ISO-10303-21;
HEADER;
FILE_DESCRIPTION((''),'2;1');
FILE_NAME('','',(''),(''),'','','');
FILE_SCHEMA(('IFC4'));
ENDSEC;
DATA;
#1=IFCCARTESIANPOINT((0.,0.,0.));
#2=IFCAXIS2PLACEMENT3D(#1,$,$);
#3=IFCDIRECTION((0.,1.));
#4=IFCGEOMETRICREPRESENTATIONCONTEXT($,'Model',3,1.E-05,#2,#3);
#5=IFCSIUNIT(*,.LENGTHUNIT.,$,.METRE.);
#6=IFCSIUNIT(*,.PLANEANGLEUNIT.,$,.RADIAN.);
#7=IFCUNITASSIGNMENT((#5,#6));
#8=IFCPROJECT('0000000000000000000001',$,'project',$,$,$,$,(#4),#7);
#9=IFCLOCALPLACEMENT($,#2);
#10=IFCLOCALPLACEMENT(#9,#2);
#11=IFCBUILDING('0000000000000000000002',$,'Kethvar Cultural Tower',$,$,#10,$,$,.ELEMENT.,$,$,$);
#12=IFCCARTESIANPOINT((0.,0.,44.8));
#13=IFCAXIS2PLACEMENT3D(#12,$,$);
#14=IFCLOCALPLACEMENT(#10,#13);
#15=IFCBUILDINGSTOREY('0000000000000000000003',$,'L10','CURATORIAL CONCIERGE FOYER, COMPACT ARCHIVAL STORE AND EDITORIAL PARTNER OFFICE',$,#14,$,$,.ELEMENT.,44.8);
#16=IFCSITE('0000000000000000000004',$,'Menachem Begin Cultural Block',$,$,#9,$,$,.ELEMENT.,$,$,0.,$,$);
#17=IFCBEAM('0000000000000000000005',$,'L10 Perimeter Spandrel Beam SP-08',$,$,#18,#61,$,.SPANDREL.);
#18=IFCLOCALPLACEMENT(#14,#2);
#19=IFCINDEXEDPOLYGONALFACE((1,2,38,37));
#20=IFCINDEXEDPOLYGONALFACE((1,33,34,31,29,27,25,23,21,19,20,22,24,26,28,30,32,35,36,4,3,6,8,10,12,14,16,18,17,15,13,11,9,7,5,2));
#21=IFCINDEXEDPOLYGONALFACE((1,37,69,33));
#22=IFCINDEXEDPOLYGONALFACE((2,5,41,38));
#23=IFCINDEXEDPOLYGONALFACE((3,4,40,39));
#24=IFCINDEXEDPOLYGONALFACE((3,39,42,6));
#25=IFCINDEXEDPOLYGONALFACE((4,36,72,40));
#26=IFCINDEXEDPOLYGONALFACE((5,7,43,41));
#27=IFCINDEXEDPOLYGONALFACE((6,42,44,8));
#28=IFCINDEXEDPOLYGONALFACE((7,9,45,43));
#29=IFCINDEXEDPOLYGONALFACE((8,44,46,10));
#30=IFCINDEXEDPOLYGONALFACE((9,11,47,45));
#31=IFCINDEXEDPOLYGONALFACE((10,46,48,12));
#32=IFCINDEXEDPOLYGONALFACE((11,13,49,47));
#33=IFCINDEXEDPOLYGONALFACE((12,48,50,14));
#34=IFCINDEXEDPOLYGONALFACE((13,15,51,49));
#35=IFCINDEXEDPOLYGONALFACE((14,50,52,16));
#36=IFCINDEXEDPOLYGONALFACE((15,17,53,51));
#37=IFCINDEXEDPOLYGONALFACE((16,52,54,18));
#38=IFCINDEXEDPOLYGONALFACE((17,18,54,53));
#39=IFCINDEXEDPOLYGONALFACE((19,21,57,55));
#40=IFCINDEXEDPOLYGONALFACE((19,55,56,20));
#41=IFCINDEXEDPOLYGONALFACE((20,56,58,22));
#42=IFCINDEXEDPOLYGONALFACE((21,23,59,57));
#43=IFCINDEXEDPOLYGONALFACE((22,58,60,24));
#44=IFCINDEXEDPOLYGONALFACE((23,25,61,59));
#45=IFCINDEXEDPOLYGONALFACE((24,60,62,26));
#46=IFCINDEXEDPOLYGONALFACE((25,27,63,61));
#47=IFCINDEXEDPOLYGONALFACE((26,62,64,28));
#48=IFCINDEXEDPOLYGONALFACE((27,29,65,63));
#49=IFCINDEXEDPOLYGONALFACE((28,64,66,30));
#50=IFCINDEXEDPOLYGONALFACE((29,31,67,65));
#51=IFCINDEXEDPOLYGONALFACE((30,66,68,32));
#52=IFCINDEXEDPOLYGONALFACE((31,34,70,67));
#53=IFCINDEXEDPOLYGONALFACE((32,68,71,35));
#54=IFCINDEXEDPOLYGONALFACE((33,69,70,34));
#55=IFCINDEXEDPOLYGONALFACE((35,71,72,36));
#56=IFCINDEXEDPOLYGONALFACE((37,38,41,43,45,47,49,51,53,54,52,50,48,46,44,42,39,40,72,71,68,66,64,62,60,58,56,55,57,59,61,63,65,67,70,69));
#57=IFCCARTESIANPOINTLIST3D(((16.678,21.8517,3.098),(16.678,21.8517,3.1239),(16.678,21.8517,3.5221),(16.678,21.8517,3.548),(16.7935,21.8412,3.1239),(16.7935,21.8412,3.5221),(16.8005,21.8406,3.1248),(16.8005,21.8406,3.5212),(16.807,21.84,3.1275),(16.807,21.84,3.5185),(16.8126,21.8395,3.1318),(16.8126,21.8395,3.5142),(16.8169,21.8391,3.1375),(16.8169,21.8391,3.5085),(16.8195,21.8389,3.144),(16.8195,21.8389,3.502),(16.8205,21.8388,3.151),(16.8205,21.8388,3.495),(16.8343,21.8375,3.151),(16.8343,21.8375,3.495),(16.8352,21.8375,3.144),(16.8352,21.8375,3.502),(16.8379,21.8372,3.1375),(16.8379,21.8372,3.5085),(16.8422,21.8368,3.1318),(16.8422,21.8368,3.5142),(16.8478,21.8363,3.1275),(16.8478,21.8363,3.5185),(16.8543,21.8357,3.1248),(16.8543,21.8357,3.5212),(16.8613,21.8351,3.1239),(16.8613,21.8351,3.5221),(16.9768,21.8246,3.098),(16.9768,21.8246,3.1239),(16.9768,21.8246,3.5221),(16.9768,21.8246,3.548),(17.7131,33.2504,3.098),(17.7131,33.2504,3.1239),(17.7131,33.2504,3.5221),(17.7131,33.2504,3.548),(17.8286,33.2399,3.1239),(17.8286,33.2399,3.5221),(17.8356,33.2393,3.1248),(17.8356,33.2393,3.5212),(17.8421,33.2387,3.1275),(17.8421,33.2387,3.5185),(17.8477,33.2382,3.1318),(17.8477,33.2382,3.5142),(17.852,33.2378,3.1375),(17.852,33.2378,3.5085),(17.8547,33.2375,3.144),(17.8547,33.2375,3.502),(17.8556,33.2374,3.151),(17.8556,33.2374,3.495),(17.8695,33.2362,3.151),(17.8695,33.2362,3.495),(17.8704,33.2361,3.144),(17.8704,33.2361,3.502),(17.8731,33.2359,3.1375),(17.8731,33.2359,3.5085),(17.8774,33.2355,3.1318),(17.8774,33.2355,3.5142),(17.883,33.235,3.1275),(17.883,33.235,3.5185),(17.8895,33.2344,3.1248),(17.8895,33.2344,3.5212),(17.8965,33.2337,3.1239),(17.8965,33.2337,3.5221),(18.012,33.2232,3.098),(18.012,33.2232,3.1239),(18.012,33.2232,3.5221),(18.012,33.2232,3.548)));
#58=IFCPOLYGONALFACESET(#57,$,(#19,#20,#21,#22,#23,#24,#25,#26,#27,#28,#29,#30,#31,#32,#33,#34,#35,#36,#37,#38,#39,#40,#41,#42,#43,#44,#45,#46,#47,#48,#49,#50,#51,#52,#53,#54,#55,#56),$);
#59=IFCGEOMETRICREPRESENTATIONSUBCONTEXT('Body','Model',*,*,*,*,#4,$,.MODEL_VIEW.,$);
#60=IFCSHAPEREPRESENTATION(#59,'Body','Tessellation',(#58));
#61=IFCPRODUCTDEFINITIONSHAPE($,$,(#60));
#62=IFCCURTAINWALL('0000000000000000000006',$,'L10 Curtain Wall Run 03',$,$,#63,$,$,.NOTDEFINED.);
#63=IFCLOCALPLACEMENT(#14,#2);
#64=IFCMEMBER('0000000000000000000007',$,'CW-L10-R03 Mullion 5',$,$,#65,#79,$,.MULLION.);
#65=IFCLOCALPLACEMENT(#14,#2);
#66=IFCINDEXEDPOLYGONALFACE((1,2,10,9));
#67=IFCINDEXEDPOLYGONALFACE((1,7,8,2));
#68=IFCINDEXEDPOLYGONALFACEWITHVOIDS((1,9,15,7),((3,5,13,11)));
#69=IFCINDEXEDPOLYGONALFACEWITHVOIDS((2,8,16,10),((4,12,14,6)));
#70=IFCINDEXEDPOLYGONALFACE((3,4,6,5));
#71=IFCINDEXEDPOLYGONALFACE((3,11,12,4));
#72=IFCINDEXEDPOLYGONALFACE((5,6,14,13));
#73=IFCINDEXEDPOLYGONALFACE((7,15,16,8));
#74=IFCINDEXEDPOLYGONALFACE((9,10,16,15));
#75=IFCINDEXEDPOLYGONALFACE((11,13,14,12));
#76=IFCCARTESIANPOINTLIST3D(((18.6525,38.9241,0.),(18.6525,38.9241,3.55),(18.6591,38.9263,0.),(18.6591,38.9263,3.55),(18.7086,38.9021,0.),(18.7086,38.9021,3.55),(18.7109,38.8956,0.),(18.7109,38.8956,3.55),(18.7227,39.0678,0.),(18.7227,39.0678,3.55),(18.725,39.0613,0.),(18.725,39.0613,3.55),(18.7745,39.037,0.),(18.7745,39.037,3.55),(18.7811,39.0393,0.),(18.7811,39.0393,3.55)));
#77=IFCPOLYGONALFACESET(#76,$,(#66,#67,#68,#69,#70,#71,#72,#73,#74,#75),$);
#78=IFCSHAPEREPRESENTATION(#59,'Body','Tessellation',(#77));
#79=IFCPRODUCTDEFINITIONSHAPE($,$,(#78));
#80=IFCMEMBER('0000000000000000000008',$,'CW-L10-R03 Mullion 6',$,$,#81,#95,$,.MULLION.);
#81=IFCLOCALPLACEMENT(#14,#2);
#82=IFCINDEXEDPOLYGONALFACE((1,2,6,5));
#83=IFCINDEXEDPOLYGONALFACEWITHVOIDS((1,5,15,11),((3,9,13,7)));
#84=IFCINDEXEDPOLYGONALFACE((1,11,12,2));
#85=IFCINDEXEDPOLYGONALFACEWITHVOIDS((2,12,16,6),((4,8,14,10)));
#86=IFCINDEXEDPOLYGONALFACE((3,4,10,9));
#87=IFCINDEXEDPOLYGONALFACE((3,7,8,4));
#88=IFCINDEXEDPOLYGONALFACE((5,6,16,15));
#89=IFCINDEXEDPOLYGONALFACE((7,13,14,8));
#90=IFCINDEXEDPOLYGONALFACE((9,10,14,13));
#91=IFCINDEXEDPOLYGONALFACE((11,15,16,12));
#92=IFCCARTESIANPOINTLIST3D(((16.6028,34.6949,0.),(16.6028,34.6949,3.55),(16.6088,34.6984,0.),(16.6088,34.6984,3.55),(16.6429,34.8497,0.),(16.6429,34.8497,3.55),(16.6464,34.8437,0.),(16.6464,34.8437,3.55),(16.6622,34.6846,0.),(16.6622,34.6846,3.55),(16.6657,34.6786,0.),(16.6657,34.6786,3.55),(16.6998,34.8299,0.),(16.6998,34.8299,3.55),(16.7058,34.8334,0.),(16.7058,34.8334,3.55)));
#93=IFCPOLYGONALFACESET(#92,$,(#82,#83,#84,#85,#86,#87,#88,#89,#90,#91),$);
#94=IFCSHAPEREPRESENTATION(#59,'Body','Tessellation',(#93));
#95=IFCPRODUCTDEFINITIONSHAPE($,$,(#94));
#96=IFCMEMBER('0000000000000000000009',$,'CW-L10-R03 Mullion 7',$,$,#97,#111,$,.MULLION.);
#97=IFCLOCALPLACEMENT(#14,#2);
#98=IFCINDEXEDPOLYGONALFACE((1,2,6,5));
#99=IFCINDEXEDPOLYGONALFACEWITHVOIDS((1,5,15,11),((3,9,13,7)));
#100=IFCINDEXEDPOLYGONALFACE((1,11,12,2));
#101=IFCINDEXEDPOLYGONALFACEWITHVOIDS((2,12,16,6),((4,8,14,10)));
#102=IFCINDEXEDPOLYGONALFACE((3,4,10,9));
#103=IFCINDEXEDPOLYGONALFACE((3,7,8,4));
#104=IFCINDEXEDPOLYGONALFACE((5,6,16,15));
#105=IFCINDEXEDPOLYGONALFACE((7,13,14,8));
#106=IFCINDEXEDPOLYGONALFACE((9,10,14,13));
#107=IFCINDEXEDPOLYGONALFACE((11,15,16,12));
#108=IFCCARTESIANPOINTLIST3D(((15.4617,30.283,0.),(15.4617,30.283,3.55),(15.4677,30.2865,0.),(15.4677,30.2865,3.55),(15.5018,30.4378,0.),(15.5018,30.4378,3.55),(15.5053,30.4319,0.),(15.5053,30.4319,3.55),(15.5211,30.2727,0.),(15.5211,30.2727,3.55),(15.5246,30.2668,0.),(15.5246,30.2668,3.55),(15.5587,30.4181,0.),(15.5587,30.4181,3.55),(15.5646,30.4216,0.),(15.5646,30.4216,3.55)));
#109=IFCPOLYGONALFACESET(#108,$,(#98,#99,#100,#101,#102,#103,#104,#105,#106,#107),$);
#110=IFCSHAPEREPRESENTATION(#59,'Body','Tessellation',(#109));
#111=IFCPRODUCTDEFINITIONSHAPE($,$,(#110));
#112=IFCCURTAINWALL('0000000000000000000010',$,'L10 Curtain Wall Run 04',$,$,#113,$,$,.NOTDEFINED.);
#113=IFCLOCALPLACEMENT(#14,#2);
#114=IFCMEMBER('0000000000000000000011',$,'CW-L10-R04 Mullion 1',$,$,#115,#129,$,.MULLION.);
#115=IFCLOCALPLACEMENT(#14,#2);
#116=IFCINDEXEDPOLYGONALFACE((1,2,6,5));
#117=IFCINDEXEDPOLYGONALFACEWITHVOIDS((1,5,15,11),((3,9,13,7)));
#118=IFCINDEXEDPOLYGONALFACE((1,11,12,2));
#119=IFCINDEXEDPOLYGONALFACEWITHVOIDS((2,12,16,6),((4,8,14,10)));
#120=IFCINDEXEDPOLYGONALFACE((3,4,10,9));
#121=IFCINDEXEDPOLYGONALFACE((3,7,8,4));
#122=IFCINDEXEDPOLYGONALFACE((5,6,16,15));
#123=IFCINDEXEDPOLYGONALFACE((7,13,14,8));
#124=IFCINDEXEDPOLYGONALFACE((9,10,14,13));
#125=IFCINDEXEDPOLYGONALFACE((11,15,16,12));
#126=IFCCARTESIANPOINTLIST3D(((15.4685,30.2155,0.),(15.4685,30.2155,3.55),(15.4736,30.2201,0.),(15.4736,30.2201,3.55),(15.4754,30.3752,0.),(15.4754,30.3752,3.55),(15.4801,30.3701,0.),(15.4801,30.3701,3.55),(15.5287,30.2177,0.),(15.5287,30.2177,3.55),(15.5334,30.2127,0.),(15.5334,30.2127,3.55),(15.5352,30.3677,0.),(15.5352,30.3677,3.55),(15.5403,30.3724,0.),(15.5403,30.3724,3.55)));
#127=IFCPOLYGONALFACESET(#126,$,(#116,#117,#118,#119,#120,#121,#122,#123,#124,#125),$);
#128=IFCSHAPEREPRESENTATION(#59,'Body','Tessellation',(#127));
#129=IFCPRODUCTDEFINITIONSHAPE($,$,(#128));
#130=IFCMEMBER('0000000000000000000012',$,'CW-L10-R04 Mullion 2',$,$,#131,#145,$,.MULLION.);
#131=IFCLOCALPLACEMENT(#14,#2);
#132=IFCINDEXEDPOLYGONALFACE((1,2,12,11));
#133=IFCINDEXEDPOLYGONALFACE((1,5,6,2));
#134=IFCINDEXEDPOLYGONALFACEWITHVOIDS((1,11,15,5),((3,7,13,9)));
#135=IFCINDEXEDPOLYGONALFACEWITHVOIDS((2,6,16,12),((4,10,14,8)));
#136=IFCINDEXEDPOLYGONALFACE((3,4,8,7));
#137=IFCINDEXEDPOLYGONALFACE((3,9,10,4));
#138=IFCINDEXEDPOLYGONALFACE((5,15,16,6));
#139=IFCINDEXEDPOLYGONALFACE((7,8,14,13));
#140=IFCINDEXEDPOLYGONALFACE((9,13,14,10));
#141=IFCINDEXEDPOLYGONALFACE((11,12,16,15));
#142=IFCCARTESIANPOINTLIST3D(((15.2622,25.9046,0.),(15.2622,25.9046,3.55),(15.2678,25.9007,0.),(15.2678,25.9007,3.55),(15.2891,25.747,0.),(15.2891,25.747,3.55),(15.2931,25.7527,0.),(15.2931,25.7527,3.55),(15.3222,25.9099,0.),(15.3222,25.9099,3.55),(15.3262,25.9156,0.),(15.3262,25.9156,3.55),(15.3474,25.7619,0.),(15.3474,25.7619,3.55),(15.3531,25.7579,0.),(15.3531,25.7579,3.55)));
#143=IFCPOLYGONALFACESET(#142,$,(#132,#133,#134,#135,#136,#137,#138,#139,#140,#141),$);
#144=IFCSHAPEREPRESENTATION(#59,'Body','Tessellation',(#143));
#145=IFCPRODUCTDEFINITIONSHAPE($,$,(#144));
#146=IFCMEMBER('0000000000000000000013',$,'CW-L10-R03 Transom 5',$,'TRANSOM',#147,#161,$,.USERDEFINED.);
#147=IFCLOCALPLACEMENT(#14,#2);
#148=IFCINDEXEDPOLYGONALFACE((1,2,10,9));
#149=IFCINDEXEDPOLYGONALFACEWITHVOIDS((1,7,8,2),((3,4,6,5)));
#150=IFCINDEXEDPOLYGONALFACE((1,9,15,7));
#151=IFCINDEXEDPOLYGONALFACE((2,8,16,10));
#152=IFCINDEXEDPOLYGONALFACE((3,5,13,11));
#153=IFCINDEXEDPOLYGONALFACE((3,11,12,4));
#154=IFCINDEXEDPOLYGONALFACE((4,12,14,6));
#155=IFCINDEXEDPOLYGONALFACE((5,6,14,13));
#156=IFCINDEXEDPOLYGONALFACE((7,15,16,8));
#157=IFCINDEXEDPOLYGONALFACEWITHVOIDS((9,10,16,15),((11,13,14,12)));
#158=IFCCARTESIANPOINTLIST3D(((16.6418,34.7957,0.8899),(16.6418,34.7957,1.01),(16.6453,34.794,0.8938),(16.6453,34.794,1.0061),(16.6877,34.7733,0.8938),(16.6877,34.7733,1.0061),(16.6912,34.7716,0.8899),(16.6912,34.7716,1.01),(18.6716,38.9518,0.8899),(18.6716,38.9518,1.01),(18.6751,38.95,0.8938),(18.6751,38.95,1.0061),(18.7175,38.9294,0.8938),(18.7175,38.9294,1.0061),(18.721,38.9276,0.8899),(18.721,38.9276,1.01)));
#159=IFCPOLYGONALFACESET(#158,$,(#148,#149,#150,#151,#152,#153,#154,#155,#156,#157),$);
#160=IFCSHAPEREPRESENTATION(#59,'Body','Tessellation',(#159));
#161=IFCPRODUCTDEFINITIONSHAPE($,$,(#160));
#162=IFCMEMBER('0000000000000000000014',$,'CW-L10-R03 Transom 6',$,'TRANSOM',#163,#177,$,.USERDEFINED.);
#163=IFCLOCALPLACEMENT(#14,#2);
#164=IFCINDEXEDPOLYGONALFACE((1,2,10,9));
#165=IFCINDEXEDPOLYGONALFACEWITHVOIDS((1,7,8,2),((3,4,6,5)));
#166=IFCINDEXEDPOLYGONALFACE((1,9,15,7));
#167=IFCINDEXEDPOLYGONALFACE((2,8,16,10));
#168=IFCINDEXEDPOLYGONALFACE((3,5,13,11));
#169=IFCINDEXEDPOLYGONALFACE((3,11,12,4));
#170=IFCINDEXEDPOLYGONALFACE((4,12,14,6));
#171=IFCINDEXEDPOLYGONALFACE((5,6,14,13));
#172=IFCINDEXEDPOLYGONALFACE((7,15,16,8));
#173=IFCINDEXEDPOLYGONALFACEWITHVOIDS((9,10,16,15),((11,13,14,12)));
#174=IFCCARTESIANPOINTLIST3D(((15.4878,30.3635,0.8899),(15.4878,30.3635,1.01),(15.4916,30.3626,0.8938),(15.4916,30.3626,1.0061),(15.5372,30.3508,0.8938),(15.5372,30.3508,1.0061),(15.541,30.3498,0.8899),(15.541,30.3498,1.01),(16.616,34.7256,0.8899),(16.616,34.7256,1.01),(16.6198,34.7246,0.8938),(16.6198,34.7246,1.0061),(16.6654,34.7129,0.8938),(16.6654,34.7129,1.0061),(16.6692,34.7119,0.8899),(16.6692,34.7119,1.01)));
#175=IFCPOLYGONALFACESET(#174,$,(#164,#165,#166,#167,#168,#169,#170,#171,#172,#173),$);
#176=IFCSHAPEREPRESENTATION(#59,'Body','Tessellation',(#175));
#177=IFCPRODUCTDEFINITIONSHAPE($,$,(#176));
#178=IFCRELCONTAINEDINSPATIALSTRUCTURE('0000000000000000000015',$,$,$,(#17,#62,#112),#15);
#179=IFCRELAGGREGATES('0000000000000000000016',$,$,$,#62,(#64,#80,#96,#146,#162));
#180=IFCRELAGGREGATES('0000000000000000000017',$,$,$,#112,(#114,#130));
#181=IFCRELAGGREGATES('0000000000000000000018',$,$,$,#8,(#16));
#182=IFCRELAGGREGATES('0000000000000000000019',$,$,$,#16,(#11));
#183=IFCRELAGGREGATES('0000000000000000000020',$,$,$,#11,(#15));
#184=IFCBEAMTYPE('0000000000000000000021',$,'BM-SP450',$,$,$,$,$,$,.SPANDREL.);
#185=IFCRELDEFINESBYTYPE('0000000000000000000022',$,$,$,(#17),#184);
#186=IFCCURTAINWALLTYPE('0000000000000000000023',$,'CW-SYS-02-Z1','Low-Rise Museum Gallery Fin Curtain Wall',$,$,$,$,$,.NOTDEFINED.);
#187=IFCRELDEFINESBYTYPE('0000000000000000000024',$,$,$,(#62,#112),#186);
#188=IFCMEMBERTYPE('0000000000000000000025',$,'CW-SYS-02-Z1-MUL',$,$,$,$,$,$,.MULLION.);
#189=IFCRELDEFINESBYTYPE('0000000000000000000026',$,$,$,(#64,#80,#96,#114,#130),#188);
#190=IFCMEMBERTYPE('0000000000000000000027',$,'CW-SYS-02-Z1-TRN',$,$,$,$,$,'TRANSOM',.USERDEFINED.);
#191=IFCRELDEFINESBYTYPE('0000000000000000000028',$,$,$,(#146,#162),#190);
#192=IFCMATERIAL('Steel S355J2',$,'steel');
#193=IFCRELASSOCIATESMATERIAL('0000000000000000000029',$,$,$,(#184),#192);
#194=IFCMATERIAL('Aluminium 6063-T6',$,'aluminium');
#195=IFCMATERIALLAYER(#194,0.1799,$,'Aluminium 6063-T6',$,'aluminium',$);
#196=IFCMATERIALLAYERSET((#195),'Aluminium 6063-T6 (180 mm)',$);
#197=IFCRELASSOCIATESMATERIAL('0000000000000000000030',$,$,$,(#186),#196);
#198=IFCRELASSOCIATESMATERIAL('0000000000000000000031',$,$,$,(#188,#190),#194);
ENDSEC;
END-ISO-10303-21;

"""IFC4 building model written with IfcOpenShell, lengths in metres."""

from ifc_helpers import new_model, si_unit, direction, frame, origin, origin_2d, place, context, subcontext, project, spatial, hollow_rectangle, i_section, extrude, source, transform, mapped, material, layer, layer_set, material_profile, profile_set, type_object, element, aggregate, save


model = new_model("IFC4")

# Units and contexts
model_context = context("Model", 3, precision=1e-05, world=origin(), true_north=direction((0.0, 1.0)))
body_context = subcontext(model_context, "Body", "Model", "MODEL_VIEW")
ifc_project = project(units=[si_unit("LENGTHUNIT", "METRE"), si_unit("PLANEANGLEUNIT", "RADIAN")], contexts=[model_context])

# Site, building, storey
site_placement = place(None, origin())
site = spatial("IfcSite", under=ifc_project, at=site_placement, Name="Menachem Begin Cultural Block", CompositionType="ELEMENT", RefElevation=0.0)
building_placement = place(site_placement, origin())
building = spatial("IfcBuilding", under=site, at=building_placement, Name="Kethvar Cultural Tower", CompositionType="ELEMENT")
storey_placement = place(building_placement, frame((0.0, 0.0, 44.8)))
storey = spatial("IfcBuildingStorey", under=building, at=storey_placement, Name="L10", Description="CURATORIAL CONCIERGE FOYER, COMPACT ARCHIVAL STORE AND EDITORIAL PARTNER OFFICE", CompositionType="ELEMENT", Elevation=44.8)

# Beam
ifc_material_1 = material(Name="Steel S355J2", Category="steel")
ifc_material_profile_1 = material_profile(ifc_material_1, i_section(OverallWidth=0.3, OverallDepth=0.45, WebThickness=0.0139, FlangeThickness=0.0259, FilletRadius=0.0271, at=origin_2d()), Name="Steel S355J2 — HEB450")
ifc_profile_set_1 = profile_set([ifc_material_profile_1], Name="Steel S355J2 — HEB450")
beam_type_1 = type_object("IfcBeamType", Name="BM-SP450", PredefinedType="SPANDREL", material=ifc_profile_set_1)
shared_shape_1 = source(origin(), body_context, "Body", "SweptSolid", [
    extrude(i_section(OverallWidth=0.3, OverallDepth=0.45, WebThickness=0.0139, FlangeThickness=0.0259, FilletRadius=0.0271, at=origin_2d()), origin(), (0.0, 0.0, 1.0), 11.4456),
])
beam_1_placement = place(storey_placement, frame((17.8625, 33.2368, 3.323), z_axis=(-0.090442, -0.995902, 0.0), x_axis=(0.995902, -0.090442, 0.0)))
element("IfcBeam", 1, at=beam_1_placement, inside=storey, type_object=beam_type_1, Name="L10 Perimeter Spandrel Beam SP-08", PredefinedType="SPANDREL", context=body_context, shape_type="MappedRepresentation", body=[
    mapped(shared_shape_1, transform((0.0, 0.0, 0.0), scale=1.0)),
])

# Curtain walls, members
ifc_material_2 = material(Name="Aluminium 6063-T6", Category="aluminium")
ifc_layer_1 = layer(ifc_material_2, 0.1799, Name="Aluminium 6063-T6", Category="aluminium")
ifc_layer_set_1 = layer_set([ifc_layer_1], Name="Aluminium 6063-T6 (180 mm)")
curtain_wall_type = type_object("IfcCurtainWallType", Name="CW-SYS-02-Z1", Description="Low-Rise Museum Gallery Fin Curtain Wall", PredefinedType="NOTDEFINED", material=ifc_layer_set_1)
curtain_wall_1_placement = place(storey_placement, origin())
curtain_wall_1 = element("IfcCurtainWall", 2, at=curtain_wall_1_placement, inside=storey, type_object=curtain_wall_type, Name="L10 Curtain Wall Run 03", PredefinedType="NOTDEFINED")
ifc_material_profile_2 = material_profile(ifc_material_2, hollow_rectangle(XDim=0.0649, YDim=0.1599, WallThickness=0.0049, at=origin_2d()), Name="Aluminium 6063-T6 — RHS160x65x5")
ifc_profile_set_2 = profile_set([ifc_material_profile_2], Name="Aluminium 6063-T6 — RHS160x65x5")
member_type_1 = type_object("IfcMemberType", Name="CW-SYS-02-Z1-MUL", PredefinedType="MULLION", material=ifc_profile_set_2)
shared_shape_2 = source(origin(), body_context, "Body", "SweptSolid", [
    extrude(hollow_rectangle(XDim=0.0649, YDim=0.1599, WallThickness=0.0049, at=origin_2d()), origin(), (0.0, 0.0, 1.0), 3.55),
])
member_1_placement = place(storey_placement, frame((18.7168, 38.9817, 0.0), z_axis=(0.0, 0.0, 1.0), x_axis=(0.898549, -0.438873, 0.0)))
member_1 = element("IfcMember", 3, at=member_1_placement, type_object=member_type_1, Name="CW-L10-R03 Mullion 5", PredefinedType="MULLION", context=body_context, shape_type="MappedRepresentation", body=[
    mapped(shared_shape_2, transform((0.0, 0.0, 0.0), scale=1.0)),
])
member_2_placement = place(storey_placement, frame((16.6543, 34.7642, 0.0), z_axis=(0.0, 0.0, 1.0), x_axis=(0.968148, -0.25038, 0.0)))
member_2 = element("IfcMember", 4, at=member_2_placement, type_object=member_type_1, Name="CW-L10-R03 Mullion 6", PredefinedType="MULLION", context=body_context, shape_type="MappedRepresentation", body=[
    mapped(shared_shape_2, transform((0.0, 0.0, 0.0), scale=1.0)),
])
member_3_placement = place(storey_placement, frame((15.5132, 30.3523, 0.0), z_axis=(0.0, 0.0, 1.0), x_axis=(0.968148, -0.25038, 0.0)))
member_3 = element("IfcMember", 5, at=member_3_placement, type_object=member_type_1, Name="CW-L10-R03 Mullion 7", PredefinedType="MULLION", context=body_context, shape_type="MappedRepresentation", body=[
    mapped(shared_shape_2, transform((0.0, 0.0, 0.0), scale=1.0)),
])
curtain_wall_2_placement = place(storey_placement, origin())
curtain_wall_2 = element("IfcCurtainWall", 6, at=curtain_wall_2_placement, inside=storey, type_object=curtain_wall_type, Name="L10 Curtain Wall Run 04", PredefinedType="NOTDEFINED")
member_4_placement = place(storey_placement, frame((15.5044, 30.2939, 0.0), z_axis=(0.0, 0.0, 1.0), x_axis=(0.999055, -0.043462, 0.0)))
member_4 = element("IfcMember", 7, at=member_4_placement, type_object=member_type_1, Name="CW-L10-R04 Mullion 1", PredefinedType="MULLION", context=body_context, shape_type="MappedRepresentation", body=[
    mapped(shared_shape_2, transform((0.0, 0.0, 0.0), scale=1.0)),
])
member_5_placement = place(storey_placement, frame((15.3076, 25.8313, 0.0), z_axis=(0.0, 0.0, 1.0), x_axis=(0.98573, 0.168335, 0.0)))
member_5 = element("IfcMember", 8, at=member_5_placement, type_object=member_type_1, Name="CW-L10-R04 Mullion 2", PredefinedType="MULLION", context=body_context, shape_type="MappedRepresentation", body=[
    mapped(shared_shape_2, transform((0.0, 0.0, 0.0), scale=1.0)),
])

# Members
ifc_material_profile_3 = material_profile(ifc_material_2, hollow_rectangle(XDim=0.0549, YDim=0.1201, WallThickness=0.0039, at=origin_2d()), Name="Aluminium 6063-T6 — RHS120x55x4")
ifc_profile_set_3 = profile_set([ifc_material_profile_3], Name="Aluminium 6063-T6 — RHS120x55x4")
member_type_2 = type_object("IfcMemberType", Name="CW-SYS-02-Z1-TRN", ElementType="TRANSOM", PredefinedType="USERDEFINED", material=ifc_profile_set_3)
shared_shape_3 = source(origin(), body_context, "Body", "SweptSolid", [
    extrude(hollow_rectangle(XDim=0.0549, YDim=0.1201, WallThickness=0.0039, at=origin_2d()), origin(), (0.0, 0.0, 1.0), 4.6252),
])
member_6_placement = place(storey_placement, frame((18.6963, 38.9397, 0.95), z_axis=(-0.438854, -0.898558, 0.0), x_axis=(0.898558, -0.438854, 0.0)))
member_6 = element("IfcMember", 9, at=member_6_placement, type_object=member_type_2, Name="CW-L10-R03 Transom 5", ObjectType="TRANSOM", PredefinedType="USERDEFINED", context=body_context, shape_type="MappedRepresentation", body=[
    mapped(shared_shape_3, transform((0.0, 0.0, 0.0), scale=1.0)),
])
shared_shape_4 = source(origin(), body_context, "Body", "SweptSolid", [
    extrude(hollow_rectangle(XDim=0.0549, YDim=0.1201, WallThickness=0.0039, at=origin_2d()), origin(), (0.0, 0.0, 1.0), 4.5056),
])
member_7_placement = place(storey_placement, frame((16.6426, 34.7188, 0.95), z_axis=(-0.250394, -0.968144, 0.0), x_axis=(0.968144, -0.250394, 0.0)))
member_7 = element("IfcMember", 10, at=member_7_placement, type_object=member_type_2, Name="CW-L10-R03 Transom 6", ObjectType="TRANSOM", PredefinedType="USERDEFINED", context=body_context, shape_type="MappedRepresentation", body=[
    mapped(shared_shape_4, transform((0.0, 0.0, 0.0), scale=1.0)),
])

aggregate(curtain_wall_1, [member_1, member_2, member_3, member_6, member_7])
aggregate(curtain_wall_2, [member_4, member_5])

save(model, "model.ifc")
